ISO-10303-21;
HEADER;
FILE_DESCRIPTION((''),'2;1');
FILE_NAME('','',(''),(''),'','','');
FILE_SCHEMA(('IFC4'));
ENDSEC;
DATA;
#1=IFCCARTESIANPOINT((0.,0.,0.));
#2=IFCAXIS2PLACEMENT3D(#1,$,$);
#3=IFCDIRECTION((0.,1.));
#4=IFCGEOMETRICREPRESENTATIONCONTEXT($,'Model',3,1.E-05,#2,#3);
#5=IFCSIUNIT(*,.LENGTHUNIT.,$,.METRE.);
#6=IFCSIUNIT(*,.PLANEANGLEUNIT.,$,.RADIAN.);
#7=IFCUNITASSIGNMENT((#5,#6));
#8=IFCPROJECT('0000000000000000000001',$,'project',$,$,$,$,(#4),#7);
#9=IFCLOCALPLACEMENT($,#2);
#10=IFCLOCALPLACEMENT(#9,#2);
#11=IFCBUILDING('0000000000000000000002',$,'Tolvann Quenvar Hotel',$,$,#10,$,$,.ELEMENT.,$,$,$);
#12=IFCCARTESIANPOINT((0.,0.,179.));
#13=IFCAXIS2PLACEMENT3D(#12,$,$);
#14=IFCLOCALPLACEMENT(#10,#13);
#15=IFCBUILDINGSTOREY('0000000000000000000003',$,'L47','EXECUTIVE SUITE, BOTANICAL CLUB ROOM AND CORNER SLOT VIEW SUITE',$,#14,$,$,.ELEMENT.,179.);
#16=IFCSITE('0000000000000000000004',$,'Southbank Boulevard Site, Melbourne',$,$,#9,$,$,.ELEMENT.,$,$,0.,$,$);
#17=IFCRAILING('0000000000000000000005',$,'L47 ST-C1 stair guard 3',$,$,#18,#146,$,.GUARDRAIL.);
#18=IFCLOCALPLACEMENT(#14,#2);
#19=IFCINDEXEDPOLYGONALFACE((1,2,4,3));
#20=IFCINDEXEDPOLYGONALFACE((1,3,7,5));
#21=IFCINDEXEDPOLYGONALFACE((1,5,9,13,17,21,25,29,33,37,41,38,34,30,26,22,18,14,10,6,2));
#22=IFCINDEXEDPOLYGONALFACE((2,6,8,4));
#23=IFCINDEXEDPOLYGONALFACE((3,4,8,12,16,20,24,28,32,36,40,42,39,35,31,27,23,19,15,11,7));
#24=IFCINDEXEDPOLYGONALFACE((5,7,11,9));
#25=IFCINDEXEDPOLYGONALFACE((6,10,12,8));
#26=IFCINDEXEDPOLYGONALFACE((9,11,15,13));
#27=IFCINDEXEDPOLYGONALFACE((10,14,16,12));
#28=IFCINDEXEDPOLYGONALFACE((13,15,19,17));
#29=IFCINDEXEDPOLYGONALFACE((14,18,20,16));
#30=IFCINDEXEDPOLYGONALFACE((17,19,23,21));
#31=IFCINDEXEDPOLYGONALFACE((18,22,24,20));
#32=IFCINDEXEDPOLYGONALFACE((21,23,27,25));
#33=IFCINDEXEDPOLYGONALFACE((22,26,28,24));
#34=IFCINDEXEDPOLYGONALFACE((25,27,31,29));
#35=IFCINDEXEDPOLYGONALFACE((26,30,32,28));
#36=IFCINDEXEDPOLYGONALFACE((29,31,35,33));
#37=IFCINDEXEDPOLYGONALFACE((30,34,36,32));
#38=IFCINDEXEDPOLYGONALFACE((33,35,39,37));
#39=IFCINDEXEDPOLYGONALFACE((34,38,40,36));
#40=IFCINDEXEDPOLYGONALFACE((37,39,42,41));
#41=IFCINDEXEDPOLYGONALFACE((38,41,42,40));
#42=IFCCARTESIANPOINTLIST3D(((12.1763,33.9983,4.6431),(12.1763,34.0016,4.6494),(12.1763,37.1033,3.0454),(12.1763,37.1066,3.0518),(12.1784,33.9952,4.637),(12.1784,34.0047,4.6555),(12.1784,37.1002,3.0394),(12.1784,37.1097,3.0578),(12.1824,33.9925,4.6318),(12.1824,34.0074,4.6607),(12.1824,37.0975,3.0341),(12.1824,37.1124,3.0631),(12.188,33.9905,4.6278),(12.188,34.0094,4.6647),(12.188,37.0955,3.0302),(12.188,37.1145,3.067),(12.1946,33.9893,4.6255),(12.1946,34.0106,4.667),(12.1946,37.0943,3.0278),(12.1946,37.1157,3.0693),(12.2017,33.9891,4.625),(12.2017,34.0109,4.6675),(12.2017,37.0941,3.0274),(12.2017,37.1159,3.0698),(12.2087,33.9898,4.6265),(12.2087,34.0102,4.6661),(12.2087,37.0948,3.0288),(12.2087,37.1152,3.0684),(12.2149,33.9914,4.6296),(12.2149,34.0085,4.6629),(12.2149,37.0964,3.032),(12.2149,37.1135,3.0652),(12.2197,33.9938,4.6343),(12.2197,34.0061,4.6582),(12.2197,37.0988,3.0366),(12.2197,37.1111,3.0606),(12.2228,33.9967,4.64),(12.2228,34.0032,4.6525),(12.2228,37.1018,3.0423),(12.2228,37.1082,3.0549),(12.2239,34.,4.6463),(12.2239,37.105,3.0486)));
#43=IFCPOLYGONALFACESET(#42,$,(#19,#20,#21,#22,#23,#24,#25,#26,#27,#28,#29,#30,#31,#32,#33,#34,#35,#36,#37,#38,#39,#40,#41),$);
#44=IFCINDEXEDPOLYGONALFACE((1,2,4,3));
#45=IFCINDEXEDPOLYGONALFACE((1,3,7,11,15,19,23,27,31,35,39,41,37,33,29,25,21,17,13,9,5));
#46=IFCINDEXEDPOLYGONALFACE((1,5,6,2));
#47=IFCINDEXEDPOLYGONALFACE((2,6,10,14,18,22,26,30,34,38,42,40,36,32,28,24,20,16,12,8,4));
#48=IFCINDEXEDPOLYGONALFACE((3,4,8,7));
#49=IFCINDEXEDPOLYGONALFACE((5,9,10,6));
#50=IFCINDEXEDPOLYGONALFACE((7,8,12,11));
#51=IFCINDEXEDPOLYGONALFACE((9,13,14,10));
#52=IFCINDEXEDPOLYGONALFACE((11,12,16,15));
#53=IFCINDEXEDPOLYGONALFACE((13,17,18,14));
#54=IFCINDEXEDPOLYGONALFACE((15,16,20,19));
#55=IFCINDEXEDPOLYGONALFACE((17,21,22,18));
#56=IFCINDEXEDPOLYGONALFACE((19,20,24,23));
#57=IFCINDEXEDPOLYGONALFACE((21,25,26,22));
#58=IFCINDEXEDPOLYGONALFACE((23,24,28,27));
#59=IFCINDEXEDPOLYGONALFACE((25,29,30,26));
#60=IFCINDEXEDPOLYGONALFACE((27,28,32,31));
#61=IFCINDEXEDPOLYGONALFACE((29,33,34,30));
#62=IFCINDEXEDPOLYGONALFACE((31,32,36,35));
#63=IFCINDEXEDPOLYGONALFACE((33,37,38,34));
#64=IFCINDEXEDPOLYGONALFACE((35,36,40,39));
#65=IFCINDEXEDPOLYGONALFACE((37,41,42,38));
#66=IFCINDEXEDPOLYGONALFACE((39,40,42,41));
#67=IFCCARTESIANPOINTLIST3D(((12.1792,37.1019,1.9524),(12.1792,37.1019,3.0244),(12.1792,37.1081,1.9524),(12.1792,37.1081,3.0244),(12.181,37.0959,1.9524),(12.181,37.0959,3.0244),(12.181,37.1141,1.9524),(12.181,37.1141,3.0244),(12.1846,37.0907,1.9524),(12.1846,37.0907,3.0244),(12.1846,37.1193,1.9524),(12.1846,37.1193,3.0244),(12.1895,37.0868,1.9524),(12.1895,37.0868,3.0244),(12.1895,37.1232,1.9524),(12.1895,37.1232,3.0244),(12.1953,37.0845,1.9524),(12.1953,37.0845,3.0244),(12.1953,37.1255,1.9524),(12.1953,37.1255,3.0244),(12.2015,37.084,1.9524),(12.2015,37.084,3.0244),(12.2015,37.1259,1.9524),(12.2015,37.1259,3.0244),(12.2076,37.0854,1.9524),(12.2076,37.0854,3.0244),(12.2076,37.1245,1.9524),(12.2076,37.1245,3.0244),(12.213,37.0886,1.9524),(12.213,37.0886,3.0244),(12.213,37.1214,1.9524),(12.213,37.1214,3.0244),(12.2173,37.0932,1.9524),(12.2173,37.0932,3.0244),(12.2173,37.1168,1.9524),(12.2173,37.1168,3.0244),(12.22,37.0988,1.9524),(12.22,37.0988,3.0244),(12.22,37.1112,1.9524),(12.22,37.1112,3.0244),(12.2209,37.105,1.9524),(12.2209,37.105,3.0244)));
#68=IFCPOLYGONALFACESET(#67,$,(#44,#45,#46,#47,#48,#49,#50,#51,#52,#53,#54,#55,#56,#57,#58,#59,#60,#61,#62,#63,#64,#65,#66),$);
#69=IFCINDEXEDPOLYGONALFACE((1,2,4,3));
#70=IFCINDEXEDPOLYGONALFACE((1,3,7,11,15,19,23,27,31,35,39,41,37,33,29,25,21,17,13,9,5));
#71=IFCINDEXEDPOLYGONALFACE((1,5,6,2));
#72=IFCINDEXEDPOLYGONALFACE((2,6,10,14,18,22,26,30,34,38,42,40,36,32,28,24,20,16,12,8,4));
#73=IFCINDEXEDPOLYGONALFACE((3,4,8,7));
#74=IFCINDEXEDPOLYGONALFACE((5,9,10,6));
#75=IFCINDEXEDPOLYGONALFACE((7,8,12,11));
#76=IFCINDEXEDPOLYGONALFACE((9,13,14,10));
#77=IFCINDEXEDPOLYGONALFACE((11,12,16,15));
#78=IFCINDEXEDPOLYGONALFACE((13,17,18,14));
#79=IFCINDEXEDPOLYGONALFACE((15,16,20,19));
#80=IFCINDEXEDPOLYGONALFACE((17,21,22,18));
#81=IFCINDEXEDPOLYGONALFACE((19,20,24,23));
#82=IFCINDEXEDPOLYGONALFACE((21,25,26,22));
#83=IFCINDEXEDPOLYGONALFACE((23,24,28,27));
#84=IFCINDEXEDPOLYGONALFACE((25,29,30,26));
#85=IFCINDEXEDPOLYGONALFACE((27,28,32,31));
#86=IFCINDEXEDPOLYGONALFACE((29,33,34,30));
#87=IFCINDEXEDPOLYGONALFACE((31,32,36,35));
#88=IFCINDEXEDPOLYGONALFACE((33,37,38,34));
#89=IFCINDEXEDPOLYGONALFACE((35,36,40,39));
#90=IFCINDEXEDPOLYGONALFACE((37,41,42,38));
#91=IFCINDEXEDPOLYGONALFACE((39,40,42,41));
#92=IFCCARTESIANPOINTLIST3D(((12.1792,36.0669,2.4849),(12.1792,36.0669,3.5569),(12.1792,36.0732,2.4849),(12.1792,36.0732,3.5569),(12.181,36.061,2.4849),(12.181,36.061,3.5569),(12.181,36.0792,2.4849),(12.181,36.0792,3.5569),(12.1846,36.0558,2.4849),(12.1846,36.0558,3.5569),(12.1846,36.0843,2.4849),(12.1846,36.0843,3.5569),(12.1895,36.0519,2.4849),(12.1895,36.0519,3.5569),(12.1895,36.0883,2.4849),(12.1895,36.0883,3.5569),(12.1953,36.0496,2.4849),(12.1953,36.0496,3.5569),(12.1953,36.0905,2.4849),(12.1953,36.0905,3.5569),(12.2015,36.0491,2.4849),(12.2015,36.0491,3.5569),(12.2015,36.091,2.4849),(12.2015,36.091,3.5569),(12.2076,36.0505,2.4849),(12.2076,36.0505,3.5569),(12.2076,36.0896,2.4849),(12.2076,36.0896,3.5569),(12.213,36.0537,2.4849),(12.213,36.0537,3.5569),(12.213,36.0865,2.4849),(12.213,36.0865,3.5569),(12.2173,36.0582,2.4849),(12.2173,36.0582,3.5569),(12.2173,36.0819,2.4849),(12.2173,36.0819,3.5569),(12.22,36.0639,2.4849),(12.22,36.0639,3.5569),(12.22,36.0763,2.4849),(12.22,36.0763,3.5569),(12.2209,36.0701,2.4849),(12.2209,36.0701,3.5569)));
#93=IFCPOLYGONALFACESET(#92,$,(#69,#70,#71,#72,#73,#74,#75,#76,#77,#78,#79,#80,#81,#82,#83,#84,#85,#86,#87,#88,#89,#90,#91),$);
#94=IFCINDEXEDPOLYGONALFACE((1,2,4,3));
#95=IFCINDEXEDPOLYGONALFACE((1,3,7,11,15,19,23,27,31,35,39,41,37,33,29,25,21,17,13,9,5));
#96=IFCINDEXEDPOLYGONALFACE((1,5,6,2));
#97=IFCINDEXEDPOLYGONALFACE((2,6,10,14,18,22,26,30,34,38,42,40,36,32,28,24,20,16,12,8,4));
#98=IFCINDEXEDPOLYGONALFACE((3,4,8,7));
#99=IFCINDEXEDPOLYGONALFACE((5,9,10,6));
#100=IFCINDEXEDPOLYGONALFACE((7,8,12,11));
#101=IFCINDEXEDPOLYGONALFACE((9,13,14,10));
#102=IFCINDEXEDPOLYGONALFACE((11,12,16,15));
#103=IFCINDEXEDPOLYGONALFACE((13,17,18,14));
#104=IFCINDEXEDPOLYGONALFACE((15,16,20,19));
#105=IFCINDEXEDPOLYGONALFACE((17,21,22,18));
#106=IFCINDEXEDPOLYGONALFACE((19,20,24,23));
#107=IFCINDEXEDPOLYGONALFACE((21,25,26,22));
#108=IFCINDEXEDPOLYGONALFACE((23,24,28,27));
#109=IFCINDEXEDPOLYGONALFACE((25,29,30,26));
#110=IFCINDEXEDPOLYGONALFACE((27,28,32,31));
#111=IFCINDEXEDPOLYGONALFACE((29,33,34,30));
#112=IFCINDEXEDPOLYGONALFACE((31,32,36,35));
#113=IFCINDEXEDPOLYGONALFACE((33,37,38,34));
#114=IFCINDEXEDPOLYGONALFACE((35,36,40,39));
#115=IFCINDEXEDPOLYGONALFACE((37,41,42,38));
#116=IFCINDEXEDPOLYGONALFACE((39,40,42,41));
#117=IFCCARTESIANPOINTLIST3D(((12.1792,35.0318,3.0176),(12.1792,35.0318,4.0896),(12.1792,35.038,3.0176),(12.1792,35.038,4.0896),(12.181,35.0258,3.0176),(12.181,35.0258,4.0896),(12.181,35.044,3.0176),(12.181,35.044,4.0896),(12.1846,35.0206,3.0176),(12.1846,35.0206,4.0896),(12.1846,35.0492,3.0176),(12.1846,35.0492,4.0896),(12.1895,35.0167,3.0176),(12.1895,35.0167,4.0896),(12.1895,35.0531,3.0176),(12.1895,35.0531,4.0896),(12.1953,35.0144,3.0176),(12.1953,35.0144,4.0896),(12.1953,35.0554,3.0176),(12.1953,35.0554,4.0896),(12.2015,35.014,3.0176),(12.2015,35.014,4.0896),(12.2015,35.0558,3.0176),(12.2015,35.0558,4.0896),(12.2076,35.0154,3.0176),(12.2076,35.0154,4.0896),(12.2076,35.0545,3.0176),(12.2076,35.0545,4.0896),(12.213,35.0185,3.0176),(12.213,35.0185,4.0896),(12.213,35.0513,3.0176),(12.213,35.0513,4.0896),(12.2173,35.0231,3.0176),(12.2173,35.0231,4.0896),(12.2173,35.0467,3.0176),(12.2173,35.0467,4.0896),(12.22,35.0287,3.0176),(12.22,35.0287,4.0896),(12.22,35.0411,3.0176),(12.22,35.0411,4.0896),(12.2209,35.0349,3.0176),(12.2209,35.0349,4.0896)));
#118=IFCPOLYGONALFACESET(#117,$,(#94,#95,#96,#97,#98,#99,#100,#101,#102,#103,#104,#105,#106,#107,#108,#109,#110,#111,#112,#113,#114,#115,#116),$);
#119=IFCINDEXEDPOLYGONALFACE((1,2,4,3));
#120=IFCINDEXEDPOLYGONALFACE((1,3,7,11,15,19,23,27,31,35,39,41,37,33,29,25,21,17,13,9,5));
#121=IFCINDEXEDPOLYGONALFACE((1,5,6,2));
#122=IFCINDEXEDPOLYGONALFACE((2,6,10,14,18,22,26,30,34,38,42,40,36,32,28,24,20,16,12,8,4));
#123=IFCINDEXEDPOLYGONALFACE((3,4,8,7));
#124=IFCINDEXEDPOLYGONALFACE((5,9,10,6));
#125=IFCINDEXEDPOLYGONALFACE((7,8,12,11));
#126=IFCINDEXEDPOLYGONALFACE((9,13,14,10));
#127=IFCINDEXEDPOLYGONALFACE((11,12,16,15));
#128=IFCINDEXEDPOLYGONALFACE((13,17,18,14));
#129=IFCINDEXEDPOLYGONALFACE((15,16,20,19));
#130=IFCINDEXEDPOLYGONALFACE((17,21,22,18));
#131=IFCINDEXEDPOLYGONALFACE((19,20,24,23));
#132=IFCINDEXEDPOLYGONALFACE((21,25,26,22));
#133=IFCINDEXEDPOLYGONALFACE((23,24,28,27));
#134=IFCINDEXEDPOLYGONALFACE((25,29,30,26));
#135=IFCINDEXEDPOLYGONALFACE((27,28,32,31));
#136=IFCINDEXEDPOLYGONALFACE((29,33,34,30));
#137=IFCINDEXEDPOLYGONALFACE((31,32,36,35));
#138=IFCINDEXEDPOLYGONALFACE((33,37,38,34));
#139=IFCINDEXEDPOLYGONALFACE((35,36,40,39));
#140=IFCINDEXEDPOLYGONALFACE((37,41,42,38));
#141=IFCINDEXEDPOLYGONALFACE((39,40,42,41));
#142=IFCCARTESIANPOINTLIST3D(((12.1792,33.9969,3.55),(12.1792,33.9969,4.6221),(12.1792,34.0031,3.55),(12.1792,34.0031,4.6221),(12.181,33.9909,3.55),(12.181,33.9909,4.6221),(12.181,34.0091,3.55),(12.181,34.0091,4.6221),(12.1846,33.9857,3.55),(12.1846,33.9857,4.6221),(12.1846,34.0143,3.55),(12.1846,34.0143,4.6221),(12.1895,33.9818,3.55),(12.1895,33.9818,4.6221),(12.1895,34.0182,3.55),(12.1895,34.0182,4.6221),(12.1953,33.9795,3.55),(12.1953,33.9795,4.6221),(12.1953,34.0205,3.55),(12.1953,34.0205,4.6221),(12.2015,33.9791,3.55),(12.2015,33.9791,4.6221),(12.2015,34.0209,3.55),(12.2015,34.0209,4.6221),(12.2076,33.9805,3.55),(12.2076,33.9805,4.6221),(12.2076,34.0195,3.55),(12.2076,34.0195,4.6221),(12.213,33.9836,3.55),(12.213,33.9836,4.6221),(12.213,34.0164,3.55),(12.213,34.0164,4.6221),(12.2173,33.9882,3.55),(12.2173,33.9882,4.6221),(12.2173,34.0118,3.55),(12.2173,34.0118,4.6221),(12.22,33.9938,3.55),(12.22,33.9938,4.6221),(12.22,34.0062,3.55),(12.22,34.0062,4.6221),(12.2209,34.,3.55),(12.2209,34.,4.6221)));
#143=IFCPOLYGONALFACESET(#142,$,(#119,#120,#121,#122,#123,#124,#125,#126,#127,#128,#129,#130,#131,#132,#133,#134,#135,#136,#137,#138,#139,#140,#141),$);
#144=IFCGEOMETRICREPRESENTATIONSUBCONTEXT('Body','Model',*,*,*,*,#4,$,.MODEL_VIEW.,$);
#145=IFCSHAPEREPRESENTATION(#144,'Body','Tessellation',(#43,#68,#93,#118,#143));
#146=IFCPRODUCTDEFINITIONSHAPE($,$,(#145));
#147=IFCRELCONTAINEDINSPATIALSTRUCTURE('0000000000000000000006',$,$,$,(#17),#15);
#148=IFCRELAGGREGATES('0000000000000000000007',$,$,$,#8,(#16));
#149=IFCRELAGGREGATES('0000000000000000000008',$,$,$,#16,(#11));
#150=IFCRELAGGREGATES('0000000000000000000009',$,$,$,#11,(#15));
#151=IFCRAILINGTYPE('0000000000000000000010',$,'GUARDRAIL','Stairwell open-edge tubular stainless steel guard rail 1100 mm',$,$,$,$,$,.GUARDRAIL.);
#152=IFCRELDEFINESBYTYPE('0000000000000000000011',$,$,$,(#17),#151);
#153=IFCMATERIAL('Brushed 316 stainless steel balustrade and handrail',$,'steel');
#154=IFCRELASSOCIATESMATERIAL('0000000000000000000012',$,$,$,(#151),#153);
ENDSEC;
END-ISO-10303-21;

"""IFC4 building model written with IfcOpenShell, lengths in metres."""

from ifc_helpers import new_model, si_unit, direction, frame, origin, origin_2d, place, context, subcontext, project, spatial, circle, extrude, material, type_object, element, save


model = new_model("IFC4")

# Units and contexts
model_context = context("Model", 3, precision=1e-05, world=origin(), true_north=direction((0.0, 1.0)))
body_context = subcontext(model_context, "Body", "Model", "MODEL_VIEW")
ifc_project = project(units=[si_unit("LENGTHUNIT", "METRE"), si_unit("PLANEANGLEUNIT", "RADIAN")], contexts=[model_context])

# Site, building, storey
site_placement = place(None, origin())
site = spatial("IfcSite", under=ifc_project, at=site_placement, Name="Southbank Boulevard Site, Melbourne", CompositionType="ELEMENT", RefElevation=0.0)
building_placement = place(site_placement, origin())
building = spatial("IfcBuilding", under=site, at=building_placement, Name="Tolvann Quenvar Hotel", CompositionType="ELEMENT")
storey_placement = place(building_placement, frame((0.0, 0.0, 179.0)))
storey = spatial("IfcBuildingStorey", under=building, at=storey_placement, Name="L47", Description="EXECUTIVE SUITE, BOTANICAL CLUB ROOM AND CORNER SLOT VIEW SUITE", CompositionType="ELEMENT", Elevation=179.0)

# Railing
ifc_material_1 = material(Name="Brushed 316 stainless steel balustrade and handrail", Category="steel")
railing_type_1 = type_object("IfcRailingType", Name="GUARDRAIL", Description="Stairwell open-edge tubular stainless steel guard rail 1100 mm", PredefinedType="GUARDRAIL", material=ifc_material_1)
railing_1_placement = place(storey_placement, frame((12.2, 37.105, 1.9524)))
element("IfcRailing", 1, at=railing_1_placement, inside=storey, type_object=railing_type_1, Name="L47 ST-C1 stair guard 3", PredefinedType="GUARDRAIL", context=body_context, shape_type="SweptSolid", body=[
    extrude(circle(Radius=0.0239, at=origin_2d()), frame((0.0, 0.0, 1.0962), z_axis=(0.0, -0.889194, 0.457531), x_axis=(1.0, 0.0, 0.0)), (0.0, 0.0, 1.0), 3.4919),
    extrude(circle(Radius=0.021, at=origin_2d()), origin(), (0.0, 0.0, 1.0), 1.072),
    extrude(circle(Radius=0.021, at=origin_2d()), frame((0.0, -1.0349, 0.5325)), (0.0, 0.0, 1.0), 1.072),
    extrude(circle(Radius=0.021, at=origin_2d()), frame((0.0, -2.0701, 1.0652)), (0.0, 0.0, 1.0), 1.072),
    extrude(circle(Radius=0.021, at=origin_2d()), frame((0.0, -3.105, 1.5977)), (0.0, 0.0, 1.0), 1.072),
])

save(model, "model.ifc")
